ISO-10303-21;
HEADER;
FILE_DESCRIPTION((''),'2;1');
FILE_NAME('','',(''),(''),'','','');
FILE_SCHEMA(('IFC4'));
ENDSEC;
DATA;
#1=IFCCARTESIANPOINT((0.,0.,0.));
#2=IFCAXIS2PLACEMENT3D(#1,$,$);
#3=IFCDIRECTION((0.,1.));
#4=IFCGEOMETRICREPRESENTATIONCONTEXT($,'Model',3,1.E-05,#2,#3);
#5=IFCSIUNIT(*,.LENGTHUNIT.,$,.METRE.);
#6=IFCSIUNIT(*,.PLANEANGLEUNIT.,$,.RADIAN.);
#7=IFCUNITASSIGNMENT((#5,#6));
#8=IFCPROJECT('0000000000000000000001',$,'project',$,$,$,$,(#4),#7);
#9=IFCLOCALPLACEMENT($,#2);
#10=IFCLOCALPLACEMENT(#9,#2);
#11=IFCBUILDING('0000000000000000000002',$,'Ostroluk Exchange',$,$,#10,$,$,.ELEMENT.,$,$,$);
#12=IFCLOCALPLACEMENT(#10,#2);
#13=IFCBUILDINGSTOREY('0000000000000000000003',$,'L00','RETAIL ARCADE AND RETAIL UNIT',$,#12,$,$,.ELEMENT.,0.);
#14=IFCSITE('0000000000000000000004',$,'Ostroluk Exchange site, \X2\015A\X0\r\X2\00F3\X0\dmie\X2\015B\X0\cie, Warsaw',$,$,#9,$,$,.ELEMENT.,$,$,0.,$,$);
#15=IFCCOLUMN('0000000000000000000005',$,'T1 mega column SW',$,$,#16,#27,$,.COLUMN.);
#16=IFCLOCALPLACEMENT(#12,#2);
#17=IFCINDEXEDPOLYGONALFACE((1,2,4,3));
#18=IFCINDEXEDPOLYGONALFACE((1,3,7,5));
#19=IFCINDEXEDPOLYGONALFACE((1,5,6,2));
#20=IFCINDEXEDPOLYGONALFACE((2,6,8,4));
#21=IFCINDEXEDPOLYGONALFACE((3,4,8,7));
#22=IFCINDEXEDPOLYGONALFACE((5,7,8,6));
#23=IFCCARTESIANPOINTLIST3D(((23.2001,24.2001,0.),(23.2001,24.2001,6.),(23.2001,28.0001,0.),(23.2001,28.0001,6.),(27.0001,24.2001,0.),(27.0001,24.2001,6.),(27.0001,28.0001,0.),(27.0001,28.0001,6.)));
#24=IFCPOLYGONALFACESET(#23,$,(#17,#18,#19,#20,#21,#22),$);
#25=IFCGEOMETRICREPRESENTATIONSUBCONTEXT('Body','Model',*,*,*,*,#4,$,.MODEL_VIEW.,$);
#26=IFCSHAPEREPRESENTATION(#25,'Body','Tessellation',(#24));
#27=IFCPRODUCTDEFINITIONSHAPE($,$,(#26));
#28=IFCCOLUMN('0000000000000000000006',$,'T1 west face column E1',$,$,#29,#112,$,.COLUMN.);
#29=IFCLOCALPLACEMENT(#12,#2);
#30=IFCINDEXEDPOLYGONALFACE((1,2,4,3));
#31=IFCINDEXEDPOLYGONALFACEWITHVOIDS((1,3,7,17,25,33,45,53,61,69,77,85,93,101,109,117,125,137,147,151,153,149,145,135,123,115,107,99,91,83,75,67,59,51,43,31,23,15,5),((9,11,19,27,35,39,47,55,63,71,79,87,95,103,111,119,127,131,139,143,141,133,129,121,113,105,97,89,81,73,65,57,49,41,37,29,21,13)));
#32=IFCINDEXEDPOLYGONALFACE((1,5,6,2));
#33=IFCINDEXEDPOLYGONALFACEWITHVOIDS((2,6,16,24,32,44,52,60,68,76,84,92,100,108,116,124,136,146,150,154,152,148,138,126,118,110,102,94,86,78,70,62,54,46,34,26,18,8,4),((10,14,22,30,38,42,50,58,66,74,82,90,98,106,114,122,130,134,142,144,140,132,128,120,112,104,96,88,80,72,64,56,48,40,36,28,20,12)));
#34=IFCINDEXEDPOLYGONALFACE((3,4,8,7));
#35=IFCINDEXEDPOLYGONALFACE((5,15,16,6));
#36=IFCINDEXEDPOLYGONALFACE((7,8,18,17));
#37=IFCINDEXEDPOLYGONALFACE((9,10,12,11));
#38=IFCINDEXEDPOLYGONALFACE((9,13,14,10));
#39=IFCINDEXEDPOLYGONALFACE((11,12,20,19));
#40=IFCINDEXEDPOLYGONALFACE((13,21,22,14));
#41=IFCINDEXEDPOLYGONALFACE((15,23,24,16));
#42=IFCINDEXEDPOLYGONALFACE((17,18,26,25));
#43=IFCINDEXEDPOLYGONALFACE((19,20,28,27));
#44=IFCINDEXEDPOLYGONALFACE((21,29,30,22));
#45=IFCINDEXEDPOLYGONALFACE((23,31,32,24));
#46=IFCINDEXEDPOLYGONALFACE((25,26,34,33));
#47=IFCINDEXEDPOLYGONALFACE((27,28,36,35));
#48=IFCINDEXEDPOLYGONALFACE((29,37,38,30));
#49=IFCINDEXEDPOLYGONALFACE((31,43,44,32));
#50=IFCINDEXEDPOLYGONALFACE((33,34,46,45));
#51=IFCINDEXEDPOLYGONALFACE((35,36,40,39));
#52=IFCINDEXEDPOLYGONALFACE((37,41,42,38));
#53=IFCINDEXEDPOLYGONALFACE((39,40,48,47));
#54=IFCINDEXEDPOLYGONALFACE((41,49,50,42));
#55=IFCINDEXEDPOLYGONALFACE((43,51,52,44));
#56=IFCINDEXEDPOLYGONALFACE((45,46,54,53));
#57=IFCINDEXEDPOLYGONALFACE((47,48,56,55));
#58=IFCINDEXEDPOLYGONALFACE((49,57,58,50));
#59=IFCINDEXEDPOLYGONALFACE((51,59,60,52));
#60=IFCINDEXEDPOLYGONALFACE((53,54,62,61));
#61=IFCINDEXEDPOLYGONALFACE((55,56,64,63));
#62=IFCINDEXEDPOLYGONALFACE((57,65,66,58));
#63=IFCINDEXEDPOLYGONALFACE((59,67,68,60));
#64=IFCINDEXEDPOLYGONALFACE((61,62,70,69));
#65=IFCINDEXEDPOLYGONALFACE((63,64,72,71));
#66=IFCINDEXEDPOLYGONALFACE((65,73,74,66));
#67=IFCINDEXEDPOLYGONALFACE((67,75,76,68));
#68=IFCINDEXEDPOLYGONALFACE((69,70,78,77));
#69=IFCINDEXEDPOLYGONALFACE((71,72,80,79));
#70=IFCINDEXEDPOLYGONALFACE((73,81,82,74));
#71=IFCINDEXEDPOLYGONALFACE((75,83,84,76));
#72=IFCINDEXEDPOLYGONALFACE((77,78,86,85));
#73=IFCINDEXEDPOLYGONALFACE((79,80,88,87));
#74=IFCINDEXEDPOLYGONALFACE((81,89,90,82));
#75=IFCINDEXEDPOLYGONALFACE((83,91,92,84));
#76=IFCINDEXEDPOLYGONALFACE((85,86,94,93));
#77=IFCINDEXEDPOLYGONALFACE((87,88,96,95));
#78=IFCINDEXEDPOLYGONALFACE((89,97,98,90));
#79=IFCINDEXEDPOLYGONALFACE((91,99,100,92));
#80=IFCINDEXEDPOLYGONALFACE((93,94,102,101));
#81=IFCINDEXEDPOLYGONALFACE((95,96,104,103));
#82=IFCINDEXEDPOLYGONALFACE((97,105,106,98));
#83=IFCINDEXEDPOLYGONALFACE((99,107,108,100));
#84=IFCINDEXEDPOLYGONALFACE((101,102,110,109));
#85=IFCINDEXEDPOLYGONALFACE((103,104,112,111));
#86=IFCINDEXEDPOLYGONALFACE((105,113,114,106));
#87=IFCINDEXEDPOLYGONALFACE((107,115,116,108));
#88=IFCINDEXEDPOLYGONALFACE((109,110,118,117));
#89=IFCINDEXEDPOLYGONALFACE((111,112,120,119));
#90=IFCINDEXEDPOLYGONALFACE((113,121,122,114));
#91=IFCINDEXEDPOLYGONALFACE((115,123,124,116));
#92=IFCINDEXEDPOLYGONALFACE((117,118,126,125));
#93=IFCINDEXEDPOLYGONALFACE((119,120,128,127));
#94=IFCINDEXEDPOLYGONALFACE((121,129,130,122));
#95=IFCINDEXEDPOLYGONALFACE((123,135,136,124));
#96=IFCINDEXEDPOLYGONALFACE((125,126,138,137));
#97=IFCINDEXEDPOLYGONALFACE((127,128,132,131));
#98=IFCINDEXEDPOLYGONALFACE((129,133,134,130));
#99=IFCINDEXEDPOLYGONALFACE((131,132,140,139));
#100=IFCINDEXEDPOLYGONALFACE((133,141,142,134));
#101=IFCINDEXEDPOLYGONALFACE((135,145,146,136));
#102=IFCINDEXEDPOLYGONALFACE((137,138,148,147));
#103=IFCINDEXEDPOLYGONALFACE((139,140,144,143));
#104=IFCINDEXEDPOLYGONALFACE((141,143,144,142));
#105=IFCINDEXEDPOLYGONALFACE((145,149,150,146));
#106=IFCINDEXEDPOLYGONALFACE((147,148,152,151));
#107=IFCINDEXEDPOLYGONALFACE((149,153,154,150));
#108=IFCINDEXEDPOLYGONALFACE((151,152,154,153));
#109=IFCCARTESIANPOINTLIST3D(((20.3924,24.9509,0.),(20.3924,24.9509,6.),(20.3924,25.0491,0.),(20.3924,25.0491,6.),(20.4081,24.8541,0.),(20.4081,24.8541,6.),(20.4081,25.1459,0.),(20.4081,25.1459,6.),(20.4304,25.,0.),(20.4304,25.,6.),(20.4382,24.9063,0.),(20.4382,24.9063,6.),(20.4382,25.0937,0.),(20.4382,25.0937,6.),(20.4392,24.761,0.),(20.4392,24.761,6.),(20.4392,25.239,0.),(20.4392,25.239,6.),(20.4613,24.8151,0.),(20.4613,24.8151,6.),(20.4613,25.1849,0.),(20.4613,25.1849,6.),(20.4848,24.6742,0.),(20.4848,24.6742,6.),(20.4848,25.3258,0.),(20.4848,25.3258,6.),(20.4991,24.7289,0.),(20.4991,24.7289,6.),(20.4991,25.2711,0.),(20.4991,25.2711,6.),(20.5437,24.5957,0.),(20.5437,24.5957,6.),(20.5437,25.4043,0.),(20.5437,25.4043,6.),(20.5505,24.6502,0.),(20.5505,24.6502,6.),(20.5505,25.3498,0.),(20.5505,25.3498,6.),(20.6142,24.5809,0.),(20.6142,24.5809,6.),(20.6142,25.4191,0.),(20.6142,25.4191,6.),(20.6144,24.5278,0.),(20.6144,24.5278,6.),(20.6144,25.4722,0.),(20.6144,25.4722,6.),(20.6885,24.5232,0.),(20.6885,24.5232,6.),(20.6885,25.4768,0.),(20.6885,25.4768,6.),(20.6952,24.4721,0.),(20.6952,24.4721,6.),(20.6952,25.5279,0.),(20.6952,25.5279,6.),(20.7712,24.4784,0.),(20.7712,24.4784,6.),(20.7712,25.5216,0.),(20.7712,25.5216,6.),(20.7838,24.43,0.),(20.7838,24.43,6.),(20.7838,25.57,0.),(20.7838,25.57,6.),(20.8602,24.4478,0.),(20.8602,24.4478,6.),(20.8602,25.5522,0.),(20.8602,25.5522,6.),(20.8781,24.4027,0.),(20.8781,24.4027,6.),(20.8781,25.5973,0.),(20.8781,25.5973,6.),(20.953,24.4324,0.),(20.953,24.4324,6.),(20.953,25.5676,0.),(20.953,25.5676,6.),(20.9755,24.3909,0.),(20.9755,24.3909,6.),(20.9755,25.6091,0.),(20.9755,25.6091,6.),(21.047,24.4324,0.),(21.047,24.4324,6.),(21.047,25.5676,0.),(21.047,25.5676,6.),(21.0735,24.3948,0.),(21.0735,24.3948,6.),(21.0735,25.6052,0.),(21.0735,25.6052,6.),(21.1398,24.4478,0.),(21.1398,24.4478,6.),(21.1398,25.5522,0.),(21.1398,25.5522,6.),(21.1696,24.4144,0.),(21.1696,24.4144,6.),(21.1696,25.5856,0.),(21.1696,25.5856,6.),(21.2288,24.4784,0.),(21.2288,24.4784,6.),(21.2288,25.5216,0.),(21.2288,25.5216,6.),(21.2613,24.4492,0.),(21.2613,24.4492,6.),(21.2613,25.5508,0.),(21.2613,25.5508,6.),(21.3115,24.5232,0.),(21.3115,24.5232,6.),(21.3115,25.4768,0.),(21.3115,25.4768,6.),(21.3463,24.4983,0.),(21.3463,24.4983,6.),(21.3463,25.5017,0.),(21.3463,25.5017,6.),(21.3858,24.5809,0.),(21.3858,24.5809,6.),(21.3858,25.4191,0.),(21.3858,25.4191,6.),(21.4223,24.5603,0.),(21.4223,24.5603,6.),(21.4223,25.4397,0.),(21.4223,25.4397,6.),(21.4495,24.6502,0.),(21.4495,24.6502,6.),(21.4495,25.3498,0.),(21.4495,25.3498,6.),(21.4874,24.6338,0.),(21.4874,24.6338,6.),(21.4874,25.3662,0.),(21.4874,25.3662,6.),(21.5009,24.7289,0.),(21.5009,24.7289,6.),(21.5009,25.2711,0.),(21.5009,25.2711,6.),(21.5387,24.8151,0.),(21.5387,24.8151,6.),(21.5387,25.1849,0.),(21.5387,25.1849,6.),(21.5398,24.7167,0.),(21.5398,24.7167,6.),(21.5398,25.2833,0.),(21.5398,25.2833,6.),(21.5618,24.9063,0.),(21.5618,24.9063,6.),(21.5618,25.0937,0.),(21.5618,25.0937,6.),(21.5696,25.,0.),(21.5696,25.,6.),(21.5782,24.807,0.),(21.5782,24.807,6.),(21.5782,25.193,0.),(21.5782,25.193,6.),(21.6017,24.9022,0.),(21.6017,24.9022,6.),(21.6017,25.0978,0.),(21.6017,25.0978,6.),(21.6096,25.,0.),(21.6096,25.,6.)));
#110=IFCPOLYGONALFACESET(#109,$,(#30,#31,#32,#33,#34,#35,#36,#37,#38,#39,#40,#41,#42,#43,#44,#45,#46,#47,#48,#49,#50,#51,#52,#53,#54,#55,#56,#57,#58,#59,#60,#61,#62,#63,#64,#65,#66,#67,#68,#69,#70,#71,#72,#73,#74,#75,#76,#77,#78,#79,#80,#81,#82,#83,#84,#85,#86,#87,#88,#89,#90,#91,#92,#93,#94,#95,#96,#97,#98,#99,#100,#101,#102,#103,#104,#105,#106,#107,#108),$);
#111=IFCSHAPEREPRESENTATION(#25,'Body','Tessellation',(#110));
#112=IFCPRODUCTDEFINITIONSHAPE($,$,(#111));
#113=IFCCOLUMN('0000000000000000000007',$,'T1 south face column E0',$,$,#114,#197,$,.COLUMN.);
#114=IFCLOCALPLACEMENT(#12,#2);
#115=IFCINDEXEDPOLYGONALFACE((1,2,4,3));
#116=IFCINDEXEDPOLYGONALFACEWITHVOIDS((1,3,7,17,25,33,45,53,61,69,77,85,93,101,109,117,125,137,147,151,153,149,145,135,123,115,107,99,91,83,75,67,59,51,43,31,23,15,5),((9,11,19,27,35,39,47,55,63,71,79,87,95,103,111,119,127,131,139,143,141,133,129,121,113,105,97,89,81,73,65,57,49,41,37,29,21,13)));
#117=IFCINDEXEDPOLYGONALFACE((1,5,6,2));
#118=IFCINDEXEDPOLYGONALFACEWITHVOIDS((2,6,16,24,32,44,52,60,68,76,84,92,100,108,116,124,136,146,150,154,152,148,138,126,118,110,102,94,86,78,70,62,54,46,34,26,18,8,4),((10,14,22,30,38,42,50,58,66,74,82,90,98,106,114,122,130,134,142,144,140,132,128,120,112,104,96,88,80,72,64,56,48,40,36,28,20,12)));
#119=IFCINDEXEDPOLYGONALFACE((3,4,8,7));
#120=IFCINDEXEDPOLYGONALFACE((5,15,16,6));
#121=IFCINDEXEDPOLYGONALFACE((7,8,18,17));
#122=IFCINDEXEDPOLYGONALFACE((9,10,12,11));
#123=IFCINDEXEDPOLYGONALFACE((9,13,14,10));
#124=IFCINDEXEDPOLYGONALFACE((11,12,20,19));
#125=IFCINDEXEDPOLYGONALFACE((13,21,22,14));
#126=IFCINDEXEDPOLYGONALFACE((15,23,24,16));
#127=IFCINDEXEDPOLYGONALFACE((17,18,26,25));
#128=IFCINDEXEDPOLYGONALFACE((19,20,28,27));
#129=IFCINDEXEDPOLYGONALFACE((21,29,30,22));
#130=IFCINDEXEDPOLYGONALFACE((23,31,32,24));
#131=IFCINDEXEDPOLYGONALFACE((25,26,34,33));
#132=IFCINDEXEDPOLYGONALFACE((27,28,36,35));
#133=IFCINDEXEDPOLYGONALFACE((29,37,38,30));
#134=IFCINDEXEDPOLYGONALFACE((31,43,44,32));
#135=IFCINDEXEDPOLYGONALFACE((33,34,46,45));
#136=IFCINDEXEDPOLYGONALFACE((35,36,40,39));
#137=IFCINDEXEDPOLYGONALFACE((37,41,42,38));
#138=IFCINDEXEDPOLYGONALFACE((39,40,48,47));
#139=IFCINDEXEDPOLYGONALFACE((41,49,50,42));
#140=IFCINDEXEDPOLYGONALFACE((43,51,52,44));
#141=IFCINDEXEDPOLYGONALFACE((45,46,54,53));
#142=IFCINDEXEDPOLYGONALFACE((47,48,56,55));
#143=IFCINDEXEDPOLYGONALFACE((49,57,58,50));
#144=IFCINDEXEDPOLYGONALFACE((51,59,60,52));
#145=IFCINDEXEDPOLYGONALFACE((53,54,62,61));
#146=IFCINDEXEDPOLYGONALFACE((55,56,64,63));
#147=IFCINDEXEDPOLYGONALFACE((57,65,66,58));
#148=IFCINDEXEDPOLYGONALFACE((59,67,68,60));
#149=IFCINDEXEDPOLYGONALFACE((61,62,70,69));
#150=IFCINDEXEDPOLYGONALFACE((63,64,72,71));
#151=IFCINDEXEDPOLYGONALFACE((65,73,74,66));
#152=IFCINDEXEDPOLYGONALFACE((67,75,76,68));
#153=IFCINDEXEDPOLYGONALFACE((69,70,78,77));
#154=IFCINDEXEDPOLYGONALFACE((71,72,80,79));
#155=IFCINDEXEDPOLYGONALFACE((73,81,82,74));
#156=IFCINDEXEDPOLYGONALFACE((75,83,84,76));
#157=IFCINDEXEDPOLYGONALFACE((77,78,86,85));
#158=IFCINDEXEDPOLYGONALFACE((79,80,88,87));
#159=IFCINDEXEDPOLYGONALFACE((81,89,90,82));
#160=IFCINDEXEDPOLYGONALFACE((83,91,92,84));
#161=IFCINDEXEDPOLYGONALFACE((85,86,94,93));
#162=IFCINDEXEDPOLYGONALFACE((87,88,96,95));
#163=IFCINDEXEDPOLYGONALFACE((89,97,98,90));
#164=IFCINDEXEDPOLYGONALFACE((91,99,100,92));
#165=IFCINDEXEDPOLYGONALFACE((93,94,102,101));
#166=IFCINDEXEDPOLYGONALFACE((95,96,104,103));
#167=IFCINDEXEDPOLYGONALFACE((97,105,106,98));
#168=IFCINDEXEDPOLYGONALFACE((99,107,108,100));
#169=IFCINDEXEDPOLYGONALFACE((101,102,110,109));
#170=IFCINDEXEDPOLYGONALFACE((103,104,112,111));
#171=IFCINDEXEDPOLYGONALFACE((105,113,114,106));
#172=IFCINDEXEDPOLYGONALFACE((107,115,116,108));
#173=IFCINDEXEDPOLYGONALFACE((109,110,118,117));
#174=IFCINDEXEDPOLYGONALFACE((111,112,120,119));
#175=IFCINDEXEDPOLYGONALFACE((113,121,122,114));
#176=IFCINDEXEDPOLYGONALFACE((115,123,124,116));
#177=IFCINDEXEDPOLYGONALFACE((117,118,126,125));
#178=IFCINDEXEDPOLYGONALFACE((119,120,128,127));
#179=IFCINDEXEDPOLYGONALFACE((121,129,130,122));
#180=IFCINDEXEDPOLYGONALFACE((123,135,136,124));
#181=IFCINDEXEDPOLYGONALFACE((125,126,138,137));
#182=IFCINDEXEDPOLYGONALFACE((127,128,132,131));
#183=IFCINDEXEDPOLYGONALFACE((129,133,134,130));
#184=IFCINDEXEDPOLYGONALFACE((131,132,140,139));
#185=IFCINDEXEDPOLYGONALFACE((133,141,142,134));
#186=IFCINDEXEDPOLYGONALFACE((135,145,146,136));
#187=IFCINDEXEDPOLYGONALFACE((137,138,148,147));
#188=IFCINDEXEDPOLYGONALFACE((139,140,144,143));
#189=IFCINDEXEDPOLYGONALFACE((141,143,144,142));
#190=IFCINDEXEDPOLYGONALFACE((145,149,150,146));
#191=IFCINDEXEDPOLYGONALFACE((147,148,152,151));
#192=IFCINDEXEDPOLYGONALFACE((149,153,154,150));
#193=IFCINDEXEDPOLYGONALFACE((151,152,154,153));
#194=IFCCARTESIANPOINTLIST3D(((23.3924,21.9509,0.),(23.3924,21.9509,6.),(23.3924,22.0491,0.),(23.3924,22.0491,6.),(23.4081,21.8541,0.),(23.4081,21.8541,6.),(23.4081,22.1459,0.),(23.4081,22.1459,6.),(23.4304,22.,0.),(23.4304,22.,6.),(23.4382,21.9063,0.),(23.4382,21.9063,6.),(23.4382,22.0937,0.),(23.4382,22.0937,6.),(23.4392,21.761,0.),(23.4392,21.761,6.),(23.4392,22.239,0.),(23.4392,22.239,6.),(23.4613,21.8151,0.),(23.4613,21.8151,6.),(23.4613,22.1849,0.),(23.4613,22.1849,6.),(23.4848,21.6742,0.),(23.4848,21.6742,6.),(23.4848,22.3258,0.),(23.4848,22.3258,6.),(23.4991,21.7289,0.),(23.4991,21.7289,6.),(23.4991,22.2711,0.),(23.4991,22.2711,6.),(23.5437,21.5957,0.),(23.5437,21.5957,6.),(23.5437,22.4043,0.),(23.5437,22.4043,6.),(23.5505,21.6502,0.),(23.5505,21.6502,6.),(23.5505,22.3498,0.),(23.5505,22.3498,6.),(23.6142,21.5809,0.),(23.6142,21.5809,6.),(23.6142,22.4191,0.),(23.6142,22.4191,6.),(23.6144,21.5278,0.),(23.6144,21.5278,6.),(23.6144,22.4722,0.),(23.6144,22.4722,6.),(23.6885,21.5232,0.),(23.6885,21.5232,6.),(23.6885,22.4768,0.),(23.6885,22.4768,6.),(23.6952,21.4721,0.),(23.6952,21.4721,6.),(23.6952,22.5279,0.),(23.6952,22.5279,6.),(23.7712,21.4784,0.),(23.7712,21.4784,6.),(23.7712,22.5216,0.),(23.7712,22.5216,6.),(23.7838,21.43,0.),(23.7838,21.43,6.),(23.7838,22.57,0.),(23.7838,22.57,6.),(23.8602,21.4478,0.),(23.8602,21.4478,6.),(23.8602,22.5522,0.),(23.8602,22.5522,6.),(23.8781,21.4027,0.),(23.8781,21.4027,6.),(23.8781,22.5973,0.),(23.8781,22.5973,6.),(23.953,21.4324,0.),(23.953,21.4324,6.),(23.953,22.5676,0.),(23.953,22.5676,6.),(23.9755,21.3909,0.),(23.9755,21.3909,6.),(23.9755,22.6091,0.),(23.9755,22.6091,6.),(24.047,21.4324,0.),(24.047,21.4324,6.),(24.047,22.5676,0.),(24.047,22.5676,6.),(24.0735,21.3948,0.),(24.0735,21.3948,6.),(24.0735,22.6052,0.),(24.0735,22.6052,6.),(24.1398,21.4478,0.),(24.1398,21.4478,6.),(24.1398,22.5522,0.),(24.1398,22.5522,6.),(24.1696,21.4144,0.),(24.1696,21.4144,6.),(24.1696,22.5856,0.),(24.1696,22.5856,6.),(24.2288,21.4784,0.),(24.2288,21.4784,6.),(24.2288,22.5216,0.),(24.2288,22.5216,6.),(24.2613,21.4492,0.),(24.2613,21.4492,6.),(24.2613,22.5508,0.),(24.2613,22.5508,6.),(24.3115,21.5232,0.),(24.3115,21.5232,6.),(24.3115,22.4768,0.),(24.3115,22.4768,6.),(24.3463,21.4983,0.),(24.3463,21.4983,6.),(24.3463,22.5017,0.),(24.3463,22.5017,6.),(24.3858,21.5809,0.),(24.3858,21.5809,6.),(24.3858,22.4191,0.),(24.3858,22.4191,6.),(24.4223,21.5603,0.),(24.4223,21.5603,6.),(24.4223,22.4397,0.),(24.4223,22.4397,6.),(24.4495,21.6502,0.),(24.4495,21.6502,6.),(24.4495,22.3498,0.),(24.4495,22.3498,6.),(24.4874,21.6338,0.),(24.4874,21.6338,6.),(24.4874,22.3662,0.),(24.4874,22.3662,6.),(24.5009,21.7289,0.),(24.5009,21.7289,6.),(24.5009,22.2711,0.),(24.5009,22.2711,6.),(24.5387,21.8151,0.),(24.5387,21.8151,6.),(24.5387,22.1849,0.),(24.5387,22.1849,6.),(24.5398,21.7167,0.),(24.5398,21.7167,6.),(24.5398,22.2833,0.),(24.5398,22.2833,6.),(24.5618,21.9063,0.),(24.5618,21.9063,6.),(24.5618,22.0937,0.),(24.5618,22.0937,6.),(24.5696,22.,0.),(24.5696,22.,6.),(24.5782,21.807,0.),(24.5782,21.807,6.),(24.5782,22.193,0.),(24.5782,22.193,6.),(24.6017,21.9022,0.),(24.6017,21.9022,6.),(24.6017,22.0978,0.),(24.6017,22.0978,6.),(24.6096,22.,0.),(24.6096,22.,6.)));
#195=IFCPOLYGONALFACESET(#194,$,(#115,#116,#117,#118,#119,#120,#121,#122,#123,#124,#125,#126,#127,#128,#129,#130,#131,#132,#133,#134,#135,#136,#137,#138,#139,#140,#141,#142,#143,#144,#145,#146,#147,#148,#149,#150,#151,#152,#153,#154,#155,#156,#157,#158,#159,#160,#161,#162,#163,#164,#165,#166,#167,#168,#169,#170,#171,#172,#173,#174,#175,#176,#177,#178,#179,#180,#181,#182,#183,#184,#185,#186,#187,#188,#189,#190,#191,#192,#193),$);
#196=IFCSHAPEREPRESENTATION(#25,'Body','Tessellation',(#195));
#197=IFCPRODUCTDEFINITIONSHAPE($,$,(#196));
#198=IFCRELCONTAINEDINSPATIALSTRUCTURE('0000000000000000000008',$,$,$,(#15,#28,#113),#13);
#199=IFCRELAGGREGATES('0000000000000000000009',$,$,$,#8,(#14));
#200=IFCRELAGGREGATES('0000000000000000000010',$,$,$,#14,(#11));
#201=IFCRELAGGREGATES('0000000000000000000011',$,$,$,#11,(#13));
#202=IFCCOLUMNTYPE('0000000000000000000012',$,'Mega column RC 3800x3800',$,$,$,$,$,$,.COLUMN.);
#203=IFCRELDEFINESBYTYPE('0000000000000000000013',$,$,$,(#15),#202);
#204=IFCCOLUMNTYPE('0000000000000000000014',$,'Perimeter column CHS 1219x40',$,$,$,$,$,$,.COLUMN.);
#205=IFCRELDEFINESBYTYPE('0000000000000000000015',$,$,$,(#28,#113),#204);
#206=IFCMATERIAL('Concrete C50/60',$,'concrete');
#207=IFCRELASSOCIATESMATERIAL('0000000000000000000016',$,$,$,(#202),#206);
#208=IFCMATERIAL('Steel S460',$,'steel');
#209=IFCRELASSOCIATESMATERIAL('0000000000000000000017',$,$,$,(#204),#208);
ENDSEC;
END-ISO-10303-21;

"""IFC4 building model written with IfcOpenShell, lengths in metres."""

from ifc_helpers import new_model, si_unit, direction, frame, origin, origin_2d, place, context, subcontext, project, spatial, rectangle, hollow_circle, extrude, material, material_profile, profile_set, type_object, element, save


model = new_model("IFC4")

# Units and contexts
model_context = context("Model", 3, precision=1e-05, world=origin(), true_north=direction((0.0, 1.0)))
body_context = subcontext(model_context, "Body", "Model", "MODEL_VIEW")
ifc_project = project(units=[si_unit("LENGTHUNIT", "METRE"), si_unit("PLANEANGLEUNIT", "RADIAN")], contexts=[model_context])

# Site, building, storey
site_placement = place(None, origin())
site = spatial("IfcSite", under=ifc_project, at=site_placement, Name="Ostroluk Exchange site, Śródmieście, Warsaw", CompositionType="ELEMENT", RefElevation=0.0)
building_placement = place(site_placement, origin())
building = spatial("IfcBuilding", under=site, at=building_placement, Name="Ostroluk Exchange", CompositionType="ELEMENT")
storey_placement = place(building_placement, origin())
storey = spatial("IfcBuildingStorey", under=building, at=storey_placement, Name="L00", Description="RETAIL ARCADE AND RETAIL UNIT", CompositionType="ELEMENT", Elevation=0.0)

# Columns
ifc_material_1 = material(Name="Concrete C50/60", Category="concrete")
ifc_material_profile_1 = material_profile(ifc_material_1, rectangle(XDim=3.8, YDim=3.8, at=origin_2d()), Name="RC 3800x3800")
ifc_profile_set_1 = profile_set([ifc_material_profile_1], Name="Concrete C50/60")
column_type_1 = type_object("IfcColumnType", Name="Mega column RC 3800x3800", PredefinedType="COLUMN", material=ifc_profile_set_1)
column_placement = place(storey_placement, frame((25.1001, 26.1001, 0.0), z_axis=(0.0, 0.0, 1.0), x_axis=(1.0, 0.0, 0.0)))
element("IfcColumn", 1, at=column_placement, inside=storey, type_object=column_type_1, Name="T1 mega column SW", PredefinedType="COLUMN", context=body_context, shape_type="SweptSolid", body=[
    extrude(rectangle(XDim=3.8, YDim=3.8, at=origin_2d()), origin(), (0.0, 0.0, 1.0), 6.0),
])
ifc_material_2 = material(Name="Steel S460", Category="steel")
ifc_material_profile_2 = material_profile(ifc_material_2, hollow_circle(Radius=0.6096, WallThickness=0.04, at=origin_2d()), Name="CHS 1219x40")
ifc_profile_set_2 = profile_set([ifc_material_profile_2], Name="Steel S460")
column_type_2 = type_object("IfcColumnType", Name="Perimeter column CHS 1219x40", PredefinedType="COLUMN", material=ifc_profile_set_2)
for number, where, z_axis, x_axis, name in (
    (2, (21.0, 25.0, 0.0), (0.0, 0.0, 1.0), (1.0, 0.0, 0.0), "T1 west face column E1"),
    (3, (24.0, 22.0, 0.0), (0.0, 0.0, 1.0), (1.0, 0.0, 0.0), "T1 south face column E0"),
):
    element("IfcColumn", number, at=place(storey_placement, frame(where, z_axis=z_axis, x_axis=x_axis)), inside=storey, type_object=column_type_2, Name=name, PredefinedType="COLUMN", context=body_context, shape_type="SweptSolid", body=[
        extrude(hollow_circle(Radius=0.6096, WallThickness=0.04, at=origin_2d()), origin(), (0.0, 0.0, 1.0), 6.0),
    ])

save(model, "model.ifc")
